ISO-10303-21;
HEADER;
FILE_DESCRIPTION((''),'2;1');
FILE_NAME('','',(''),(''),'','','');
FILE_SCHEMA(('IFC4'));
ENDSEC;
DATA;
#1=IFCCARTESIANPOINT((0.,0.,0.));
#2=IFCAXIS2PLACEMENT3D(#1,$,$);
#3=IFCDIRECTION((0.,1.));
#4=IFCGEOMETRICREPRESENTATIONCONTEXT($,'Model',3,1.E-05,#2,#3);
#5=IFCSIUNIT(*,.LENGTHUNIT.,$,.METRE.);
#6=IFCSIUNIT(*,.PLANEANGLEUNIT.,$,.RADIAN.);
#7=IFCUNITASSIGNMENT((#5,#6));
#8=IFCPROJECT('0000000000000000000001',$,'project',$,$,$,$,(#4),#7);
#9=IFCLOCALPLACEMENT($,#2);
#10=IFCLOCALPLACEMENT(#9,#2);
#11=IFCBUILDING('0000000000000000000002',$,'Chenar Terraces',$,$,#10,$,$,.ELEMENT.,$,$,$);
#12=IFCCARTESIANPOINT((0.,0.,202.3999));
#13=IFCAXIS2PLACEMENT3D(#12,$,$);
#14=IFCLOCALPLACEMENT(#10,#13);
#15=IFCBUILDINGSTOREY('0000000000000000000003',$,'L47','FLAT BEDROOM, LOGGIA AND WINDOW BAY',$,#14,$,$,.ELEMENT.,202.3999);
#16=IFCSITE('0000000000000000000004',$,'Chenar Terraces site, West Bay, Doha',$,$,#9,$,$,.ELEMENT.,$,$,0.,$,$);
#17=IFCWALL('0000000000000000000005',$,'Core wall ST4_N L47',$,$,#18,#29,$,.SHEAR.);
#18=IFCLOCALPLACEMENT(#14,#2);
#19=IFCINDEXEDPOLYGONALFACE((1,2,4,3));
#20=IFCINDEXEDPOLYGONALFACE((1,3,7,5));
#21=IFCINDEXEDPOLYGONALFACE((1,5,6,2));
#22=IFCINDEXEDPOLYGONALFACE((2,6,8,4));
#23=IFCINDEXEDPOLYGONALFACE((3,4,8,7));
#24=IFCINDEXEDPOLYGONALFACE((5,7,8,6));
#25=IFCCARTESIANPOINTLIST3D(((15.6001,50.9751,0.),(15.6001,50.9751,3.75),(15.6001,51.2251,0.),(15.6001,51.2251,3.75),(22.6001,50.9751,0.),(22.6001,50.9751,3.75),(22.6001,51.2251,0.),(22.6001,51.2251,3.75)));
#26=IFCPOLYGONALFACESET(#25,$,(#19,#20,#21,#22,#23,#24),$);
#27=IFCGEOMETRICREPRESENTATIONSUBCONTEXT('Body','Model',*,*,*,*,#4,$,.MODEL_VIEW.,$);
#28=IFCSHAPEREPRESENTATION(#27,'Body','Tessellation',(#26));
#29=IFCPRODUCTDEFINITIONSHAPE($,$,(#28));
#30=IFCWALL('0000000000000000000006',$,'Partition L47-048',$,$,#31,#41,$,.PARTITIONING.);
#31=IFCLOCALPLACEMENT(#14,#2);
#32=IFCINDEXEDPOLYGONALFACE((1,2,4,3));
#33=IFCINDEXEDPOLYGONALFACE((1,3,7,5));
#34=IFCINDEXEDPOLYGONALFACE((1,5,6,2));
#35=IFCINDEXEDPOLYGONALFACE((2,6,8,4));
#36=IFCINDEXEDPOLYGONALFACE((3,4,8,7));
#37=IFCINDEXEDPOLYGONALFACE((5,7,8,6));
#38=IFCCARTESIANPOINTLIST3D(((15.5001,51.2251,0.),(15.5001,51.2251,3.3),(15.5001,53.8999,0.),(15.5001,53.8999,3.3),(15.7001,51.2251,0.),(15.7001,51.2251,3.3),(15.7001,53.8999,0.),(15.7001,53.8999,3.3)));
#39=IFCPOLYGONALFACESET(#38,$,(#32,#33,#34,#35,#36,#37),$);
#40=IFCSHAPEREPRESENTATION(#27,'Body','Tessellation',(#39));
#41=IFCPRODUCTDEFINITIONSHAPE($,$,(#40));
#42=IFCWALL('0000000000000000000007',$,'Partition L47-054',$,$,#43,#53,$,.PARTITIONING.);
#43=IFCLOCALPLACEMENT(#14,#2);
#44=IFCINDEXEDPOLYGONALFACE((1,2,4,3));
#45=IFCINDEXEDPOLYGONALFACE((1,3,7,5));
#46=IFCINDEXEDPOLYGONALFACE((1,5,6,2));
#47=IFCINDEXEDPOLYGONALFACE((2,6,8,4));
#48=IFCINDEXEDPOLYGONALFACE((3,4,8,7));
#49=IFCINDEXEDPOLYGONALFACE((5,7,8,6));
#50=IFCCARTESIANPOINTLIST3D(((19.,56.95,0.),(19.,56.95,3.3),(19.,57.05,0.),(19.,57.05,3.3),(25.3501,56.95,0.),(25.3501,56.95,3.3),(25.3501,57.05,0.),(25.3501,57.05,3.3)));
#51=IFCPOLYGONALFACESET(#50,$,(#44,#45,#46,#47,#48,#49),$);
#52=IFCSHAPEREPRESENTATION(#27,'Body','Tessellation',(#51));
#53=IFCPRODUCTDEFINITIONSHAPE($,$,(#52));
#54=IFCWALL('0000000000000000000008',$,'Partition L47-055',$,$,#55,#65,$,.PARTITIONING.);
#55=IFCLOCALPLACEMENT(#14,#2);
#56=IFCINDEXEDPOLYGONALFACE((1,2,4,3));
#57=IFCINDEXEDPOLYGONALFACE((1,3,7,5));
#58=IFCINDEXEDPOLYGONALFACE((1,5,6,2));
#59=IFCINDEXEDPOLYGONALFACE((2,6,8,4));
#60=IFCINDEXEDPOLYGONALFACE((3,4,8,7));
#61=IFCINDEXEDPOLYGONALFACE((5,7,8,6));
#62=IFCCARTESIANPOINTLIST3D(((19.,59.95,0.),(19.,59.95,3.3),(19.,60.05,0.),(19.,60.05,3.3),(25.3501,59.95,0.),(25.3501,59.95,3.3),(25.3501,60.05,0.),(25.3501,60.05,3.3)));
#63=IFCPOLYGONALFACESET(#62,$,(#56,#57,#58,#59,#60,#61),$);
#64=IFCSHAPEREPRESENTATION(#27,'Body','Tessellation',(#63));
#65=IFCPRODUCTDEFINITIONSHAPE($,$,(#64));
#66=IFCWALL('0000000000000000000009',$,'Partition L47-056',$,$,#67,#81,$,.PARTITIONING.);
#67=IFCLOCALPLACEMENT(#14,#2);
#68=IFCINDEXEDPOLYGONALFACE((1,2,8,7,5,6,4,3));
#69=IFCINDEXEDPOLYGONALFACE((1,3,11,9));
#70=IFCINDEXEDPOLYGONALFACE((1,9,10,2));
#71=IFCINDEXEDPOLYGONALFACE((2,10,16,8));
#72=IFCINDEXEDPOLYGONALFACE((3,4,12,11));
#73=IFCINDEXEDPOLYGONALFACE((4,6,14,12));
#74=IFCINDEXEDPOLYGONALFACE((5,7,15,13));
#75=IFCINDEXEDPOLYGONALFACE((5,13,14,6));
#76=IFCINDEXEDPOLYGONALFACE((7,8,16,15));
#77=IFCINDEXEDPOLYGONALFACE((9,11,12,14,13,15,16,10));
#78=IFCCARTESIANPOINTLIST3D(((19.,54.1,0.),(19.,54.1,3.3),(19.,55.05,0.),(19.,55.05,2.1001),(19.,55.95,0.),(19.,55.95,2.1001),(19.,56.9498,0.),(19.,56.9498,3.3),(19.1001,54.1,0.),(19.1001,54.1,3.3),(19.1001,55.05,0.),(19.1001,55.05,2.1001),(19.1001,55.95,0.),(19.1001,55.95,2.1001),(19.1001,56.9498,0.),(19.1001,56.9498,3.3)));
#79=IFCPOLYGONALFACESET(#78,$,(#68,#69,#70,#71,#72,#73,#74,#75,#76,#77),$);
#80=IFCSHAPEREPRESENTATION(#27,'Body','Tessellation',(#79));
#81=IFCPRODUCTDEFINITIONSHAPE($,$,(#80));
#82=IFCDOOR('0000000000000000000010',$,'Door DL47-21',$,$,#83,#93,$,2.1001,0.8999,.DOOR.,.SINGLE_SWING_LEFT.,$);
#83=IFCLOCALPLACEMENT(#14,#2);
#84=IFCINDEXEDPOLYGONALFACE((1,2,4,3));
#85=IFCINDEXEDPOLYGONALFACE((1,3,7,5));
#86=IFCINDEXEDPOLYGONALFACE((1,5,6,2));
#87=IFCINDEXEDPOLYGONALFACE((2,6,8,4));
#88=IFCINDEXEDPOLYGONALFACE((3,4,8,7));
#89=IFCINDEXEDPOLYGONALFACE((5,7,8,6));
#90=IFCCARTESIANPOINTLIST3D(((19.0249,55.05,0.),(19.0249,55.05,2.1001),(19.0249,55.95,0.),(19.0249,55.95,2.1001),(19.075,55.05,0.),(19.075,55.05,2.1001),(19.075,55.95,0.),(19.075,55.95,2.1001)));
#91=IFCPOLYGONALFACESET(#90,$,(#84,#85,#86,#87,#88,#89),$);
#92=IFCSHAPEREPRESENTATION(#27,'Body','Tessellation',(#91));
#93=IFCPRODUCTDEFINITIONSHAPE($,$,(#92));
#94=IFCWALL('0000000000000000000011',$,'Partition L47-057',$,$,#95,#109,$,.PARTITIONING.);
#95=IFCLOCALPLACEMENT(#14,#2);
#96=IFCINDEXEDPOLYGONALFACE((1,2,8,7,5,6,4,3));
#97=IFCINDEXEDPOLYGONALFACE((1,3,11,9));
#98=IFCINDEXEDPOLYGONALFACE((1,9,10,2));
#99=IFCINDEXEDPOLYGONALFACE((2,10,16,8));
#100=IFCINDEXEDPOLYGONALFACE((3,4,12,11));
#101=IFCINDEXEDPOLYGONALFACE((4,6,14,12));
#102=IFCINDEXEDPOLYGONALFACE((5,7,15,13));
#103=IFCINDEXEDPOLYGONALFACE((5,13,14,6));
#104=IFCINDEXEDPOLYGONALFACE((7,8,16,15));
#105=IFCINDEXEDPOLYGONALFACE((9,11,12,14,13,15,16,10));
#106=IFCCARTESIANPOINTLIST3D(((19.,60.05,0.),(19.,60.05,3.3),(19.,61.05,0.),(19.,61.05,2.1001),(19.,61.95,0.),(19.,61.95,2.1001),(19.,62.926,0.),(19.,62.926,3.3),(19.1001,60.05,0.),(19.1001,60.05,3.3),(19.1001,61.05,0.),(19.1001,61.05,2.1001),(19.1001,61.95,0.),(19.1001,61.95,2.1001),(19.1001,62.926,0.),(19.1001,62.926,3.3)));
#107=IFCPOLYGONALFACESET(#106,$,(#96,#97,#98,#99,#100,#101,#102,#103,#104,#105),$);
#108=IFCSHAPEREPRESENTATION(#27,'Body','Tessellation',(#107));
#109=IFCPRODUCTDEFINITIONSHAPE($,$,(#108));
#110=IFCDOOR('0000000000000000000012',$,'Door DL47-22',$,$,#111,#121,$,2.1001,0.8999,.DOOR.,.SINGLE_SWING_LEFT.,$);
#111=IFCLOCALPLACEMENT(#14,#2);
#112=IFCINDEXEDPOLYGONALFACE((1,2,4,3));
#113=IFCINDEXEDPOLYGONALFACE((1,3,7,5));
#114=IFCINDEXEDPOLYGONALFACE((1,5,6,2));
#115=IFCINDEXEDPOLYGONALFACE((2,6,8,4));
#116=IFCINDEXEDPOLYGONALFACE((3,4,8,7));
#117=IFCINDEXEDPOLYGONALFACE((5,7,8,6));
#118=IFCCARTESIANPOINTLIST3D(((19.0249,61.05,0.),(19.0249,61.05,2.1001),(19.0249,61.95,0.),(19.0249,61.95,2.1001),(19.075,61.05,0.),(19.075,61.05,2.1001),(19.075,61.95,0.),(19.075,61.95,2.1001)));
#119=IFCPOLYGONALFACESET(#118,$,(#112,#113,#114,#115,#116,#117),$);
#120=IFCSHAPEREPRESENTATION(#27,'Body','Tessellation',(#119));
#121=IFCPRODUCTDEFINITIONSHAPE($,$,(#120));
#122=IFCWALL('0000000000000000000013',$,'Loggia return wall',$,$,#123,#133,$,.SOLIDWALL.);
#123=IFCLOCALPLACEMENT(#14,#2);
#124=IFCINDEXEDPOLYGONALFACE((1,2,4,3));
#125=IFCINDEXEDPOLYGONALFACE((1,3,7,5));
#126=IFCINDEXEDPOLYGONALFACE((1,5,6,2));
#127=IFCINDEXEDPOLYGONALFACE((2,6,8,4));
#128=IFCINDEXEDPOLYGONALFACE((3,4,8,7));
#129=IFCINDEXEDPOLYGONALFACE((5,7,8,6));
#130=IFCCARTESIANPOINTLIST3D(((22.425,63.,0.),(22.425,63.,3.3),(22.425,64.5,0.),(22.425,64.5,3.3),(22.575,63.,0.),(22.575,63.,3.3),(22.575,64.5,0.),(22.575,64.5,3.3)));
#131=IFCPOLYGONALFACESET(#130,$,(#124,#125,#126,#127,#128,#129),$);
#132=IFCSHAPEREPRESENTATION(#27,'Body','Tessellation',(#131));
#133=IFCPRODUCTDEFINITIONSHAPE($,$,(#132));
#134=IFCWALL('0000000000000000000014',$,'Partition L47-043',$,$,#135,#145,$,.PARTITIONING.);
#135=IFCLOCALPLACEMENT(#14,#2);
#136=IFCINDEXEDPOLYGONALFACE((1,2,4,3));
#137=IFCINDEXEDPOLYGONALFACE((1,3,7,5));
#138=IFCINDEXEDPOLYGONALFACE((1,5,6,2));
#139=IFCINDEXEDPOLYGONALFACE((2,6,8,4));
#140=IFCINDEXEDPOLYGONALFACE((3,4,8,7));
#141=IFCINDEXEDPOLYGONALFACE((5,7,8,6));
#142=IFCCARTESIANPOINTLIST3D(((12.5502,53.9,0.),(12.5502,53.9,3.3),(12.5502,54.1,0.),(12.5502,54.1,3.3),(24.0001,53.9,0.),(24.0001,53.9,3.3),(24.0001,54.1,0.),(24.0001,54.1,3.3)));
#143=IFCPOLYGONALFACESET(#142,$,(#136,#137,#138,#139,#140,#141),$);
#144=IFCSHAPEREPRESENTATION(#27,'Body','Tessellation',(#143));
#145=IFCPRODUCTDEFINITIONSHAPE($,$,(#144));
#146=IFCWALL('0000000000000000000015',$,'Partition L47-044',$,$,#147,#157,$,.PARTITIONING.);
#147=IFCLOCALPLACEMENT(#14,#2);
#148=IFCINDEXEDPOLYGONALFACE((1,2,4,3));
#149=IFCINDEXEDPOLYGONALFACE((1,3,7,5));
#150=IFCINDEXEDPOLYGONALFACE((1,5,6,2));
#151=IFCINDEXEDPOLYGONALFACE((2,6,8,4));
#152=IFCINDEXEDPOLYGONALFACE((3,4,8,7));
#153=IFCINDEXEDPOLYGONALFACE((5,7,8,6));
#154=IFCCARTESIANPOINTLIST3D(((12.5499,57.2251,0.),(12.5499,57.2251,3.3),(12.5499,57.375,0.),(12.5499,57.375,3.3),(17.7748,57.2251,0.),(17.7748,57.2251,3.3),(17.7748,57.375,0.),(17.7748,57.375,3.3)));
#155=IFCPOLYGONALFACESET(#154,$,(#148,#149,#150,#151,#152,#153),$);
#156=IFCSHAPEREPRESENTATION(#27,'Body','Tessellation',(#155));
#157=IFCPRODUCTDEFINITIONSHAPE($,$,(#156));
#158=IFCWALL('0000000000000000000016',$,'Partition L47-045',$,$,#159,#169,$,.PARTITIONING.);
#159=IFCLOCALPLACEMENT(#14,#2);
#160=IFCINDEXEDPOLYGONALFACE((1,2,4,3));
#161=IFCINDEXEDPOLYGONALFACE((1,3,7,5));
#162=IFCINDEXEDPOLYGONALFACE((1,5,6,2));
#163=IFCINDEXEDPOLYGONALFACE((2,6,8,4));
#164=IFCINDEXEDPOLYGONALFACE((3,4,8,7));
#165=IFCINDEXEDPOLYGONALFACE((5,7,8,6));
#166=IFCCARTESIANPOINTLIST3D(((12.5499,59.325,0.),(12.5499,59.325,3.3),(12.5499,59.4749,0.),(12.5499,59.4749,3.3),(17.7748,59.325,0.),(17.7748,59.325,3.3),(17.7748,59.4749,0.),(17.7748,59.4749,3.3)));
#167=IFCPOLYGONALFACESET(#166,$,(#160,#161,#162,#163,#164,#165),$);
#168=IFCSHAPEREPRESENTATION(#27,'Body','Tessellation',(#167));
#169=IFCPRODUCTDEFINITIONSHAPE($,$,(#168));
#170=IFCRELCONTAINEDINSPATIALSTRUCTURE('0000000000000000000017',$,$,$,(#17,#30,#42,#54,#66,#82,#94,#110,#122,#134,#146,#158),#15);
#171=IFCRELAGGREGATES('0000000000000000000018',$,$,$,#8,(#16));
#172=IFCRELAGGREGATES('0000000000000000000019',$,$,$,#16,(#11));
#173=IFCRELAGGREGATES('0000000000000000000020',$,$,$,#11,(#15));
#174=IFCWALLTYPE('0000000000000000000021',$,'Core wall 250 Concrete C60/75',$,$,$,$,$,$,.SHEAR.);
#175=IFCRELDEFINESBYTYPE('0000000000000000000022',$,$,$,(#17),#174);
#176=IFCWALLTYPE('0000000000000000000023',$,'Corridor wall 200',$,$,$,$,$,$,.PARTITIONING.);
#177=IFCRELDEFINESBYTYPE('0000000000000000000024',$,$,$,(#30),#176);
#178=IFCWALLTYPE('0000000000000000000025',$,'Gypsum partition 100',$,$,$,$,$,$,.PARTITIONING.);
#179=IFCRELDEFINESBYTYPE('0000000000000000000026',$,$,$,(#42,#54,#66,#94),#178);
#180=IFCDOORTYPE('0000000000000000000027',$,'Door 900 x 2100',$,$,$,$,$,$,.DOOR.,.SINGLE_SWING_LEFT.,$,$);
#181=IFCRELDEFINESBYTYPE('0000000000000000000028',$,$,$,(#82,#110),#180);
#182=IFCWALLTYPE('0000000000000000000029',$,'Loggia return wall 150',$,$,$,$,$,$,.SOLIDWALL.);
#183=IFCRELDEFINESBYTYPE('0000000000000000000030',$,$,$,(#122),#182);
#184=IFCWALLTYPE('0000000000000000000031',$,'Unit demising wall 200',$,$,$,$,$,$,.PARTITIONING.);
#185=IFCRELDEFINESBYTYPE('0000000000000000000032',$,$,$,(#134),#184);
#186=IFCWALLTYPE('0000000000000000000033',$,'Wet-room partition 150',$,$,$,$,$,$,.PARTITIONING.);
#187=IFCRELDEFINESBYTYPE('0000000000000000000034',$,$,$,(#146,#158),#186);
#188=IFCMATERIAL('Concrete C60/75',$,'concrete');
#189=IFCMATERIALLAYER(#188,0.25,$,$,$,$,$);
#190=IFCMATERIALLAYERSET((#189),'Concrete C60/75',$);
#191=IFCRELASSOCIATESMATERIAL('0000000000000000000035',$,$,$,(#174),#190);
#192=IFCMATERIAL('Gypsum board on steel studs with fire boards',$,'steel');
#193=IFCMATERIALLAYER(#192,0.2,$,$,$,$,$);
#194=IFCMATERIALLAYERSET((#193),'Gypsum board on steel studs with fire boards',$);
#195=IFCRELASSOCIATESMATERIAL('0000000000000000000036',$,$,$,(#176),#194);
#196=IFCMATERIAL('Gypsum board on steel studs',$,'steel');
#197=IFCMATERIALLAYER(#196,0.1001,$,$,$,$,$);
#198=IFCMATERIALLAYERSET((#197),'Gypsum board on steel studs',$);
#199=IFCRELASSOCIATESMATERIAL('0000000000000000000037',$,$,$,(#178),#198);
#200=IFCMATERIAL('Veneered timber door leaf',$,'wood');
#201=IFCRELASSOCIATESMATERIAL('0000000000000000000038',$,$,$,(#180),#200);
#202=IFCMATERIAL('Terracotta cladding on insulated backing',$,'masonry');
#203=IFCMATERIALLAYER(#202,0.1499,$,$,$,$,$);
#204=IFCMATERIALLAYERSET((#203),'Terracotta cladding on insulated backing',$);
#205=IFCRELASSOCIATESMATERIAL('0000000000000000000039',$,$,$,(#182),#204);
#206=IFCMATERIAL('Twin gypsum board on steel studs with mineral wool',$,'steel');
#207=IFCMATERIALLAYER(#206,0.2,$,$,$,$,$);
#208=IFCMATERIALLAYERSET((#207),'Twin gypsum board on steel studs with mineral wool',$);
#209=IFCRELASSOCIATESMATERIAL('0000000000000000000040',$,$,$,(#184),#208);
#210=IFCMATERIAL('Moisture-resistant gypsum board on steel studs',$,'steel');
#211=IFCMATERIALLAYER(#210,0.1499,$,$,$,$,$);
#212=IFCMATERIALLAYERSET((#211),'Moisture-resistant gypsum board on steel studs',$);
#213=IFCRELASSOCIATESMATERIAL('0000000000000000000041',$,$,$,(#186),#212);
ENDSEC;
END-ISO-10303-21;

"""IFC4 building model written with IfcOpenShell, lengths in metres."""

from ifc_helpers import new_model, si_unit, direction, frame, frame_2d, origin, place, context, subcontext, project, spatial, rectangle, extrude, material, layer, layer_set, type_object, element, fill, save


model = new_model("IFC4")

# Units and contexts
model_context = context("Model", 3, precision=1e-05, world=origin(), true_north=direction((0.0, 1.0)))
body_context = subcontext(model_context, "Body", "Model", "MODEL_VIEW")
ifc_project = project(units=[si_unit("LENGTHUNIT", "METRE"), si_unit("PLANEANGLEUNIT", "RADIAN")], contexts=[model_context])

# Site, building, storey
site_placement = place(None, origin())
site = spatial("IfcSite", under=ifc_project, at=site_placement, Name="Chenar Terraces site, West Bay, Doha", CompositionType="ELEMENT", RefElevation=0.0)
building_placement = place(site_placement, origin())
building = spatial("IfcBuilding", under=site, at=building_placement, Name="Chenar Terraces", CompositionType="ELEMENT")
storey_placement = place(building_placement, frame((0.0, 0.0, 202.3999)))
storey = spatial("IfcBuildingStorey", under=building, at=storey_placement, Name="L47", Description="FLAT BEDROOM, LOGGIA AND WINDOW BAY", CompositionType="ELEMENT", Elevation=202.3999)

# Walls
ifc_material_1 = material(Name="Concrete C60/75", Category="concrete")
ifc_layer_1 = layer(ifc_material_1, 0.25)
ifc_layer_set_1 = layer_set([ifc_layer_1], Name="Concrete C60/75")
wall_type_1 = type_object("IfcWallType", Name="Core wall 250 Concrete C60/75", PredefinedType="SHEAR", material=ifc_layer_set_1)
wall_1_placement = place(storey_placement, frame((15.6001, 51.1001, 0.0), z_axis=(0.0, 0.0, 1.0), x_axis=(1.0, 0.0, 0.0)))
element("IfcWall", 1, at=wall_1_placement, inside=storey, type_object=wall_type_1, Name="Core wall ST4_N L47", PredefinedType="SHEAR", context=body_context, shape_type="SweptSolid", body=[
    extrude(rectangle(XDim=7.0, YDim=0.25, at=frame_2d((3.5, 0.0))), origin(), (0.0, 0.0, 1.0), 3.75),
])
ifc_material_2 = material(Name="Gypsum board on steel studs with fire boards", Category="steel")
ifc_layer_2 = layer(ifc_material_2, 0.2)
ifc_layer_set_2 = layer_set([ifc_layer_2], Name="Gypsum board on steel studs with fire boards")
wall_type_2 = type_object("IfcWallType", Name="Corridor wall 200", PredefinedType="PARTITIONING", material=ifc_layer_set_2)
wall_2_placement = place(storey_placement, frame((15.6001, 51.2251, 0.0), z_axis=(0.0, 0.0, 1.0), x_axis=(0.0, 1.0, 0.0)))
element("IfcWall", 2, at=wall_2_placement, inside=storey, type_object=wall_type_2, Name="Partition L47-048", PredefinedType="PARTITIONING", context=body_context, shape_type="SweptSolid", body=[
    extrude(rectangle(XDim=2.6748, YDim=0.2, at=frame_2d((1.3374, 0.0))), origin(), (0.0, 0.0, 1.0), 3.3),
])

# Walls
ifc_material_3 = material(Name="Gypsum board on steel studs", Category="steel")
ifc_layer_3 = layer(ifc_material_3, 0.1001)
ifc_layer_set_3 = layer_set([ifc_layer_3], Name="Gypsum board on steel studs")
wall_type_3 = type_object("IfcWallType", Name="Gypsum partition 100", PredefinedType="PARTITIONING", material=ifc_layer_set_3)
for number, where, z_axis, x_axis, name in (
    (3, (19.0, 57.0, 0.0), (0.0, 0.0, 1.0), (1.0, 0.0, 0.0), "Partition L47-054"),
    (4, (19.0, 60.0, 0.0), (0.0, 0.0, 1.0), (1.0, 0.0, 0.0), "Partition L47-055"),
):
    element("IfcWall", number, at=place(storey_placement, frame(where, z_axis=z_axis, x_axis=x_axis)), inside=storey, type_object=wall_type_3, Name=name, PredefinedType="PARTITIONING", context=body_context, shape_type="SweptSolid", body=[
        extrude(rectangle(XDim=6.3501, YDim=0.1001, at=frame_2d((3.175, 0.0))), origin(), (0.0, 0.0, 1.0), 3.3),
    ])

# Walls, openings, doors
wall_3_placement = place(storey_placement, frame((19.05, 54.1001, 0.0), z_axis=(0.0, 0.0, 1.0), x_axis=(0.0, 1.0, 0.0)))
wall_3 = element("IfcWall", 5, at=wall_3_placement, inside=storey, type_object=wall_type_3, Name="Partition L47-056", PredefinedType="PARTITIONING", context=body_context, shape_type="SweptSolid", body=[
    extrude(rectangle(XDim=2.8499, YDim=0.1001, at=frame_2d((1.4248, 0.0))), origin(), (0.0, 0.0, 1.0), 3.3),
])
opening_1_placement = place(wall_3_placement, frame((0.95, 0.0, 0.0)))
opening_1 = element("IfcOpeningElement", 6, at=opening_1_placement, cuts=wall_3, PredefinedType="OPENING", context=body_context, shape_type="SweptSolid", body=[
    extrude(rectangle(XDim=0.8999, YDim=2.1001, at=frame_2d((0.45, 1.05))), frame((0.0, 0.0601, 0.0), z_axis=(0.0, -1.0, 0.0), x_axis=(1.0, 0.0, 0.0)), (0.0, 0.0, 1.0), 0.1201),
])
ifc_material_4 = material(Name="Veneered timber door leaf", Category="wood")
door_type_1 = type_object("IfcDoorType", Name="Door 900 x 2100", OperationType="SINGLE_SWING_LEFT", PredefinedType="DOOR", material=ifc_material_4)
door_1_placement = place(opening_1_placement, frame((0.8999, 0.0, 0.0), z_axis=(0.0, 0.0, 1.0), x_axis=(-1.0, 0.0, 0.0)))
door_1 = element("IfcDoor", 7, at=door_1_placement, inside=storey, type_object=door_type_1, Name="Door DL47-21", OperationType="SINGLE_SWING_LEFT", OverallHeight=2.1001, OverallWidth=0.8999, PredefinedType="DOOR", context=body_context, shape_type="SweptSolid", body=[
    extrude(rectangle(XDim=0.8999, YDim=2.1001, at=frame_2d((0.45, 1.05))), frame((0.0, 0.0249, 0.0), z_axis=(0.0, -1.0, 0.0), x_axis=(1.0, 0.0, 0.0)), (0.0, 0.0, 1.0), 0.05),
])
fill(opening_1, door_1)
wall_4_placement = place(storey_placement, frame((19.05, 60.05, 0.0), z_axis=(0.0, 0.0, 1.0), x_axis=(0.0, 1.0, 0.0)))
wall_4 = element("IfcWall", 8, at=wall_4_placement, inside=storey, type_object=wall_type_3, Name="Partition L47-057", PredefinedType="PARTITIONING", context=body_context, shape_type="SweptSolid", body=[
    extrude(rectangle(XDim=2.876, YDim=0.1001, at=frame_2d((1.438, 0.0))), origin(), (0.0, 0.0, 1.0), 3.3),
])
opening_2_placement = place(wall_4_placement, frame((1.0, 0.0, 0.0)))
opening_2 = element("IfcOpeningElement", 9, at=opening_2_placement, cuts=wall_4, PredefinedType="OPENING", context=body_context, shape_type="SweptSolid", body=[
    extrude(rectangle(XDim=0.8999, YDim=2.1001, at=frame_2d((0.45, 1.05))), frame((0.0, 0.0601, 0.0), z_axis=(0.0, -1.0, 0.0), x_axis=(1.0, 0.0, 0.0)), (0.0, 0.0, 1.0), 0.1201),
])
door_2_placement = place(opening_2_placement, frame((0.8999, 0.0, 0.0), z_axis=(0.0, 0.0, 1.0), x_axis=(-1.0, 0.0, 0.0)))
door_2 = element("IfcDoor", 10, at=door_2_placement, inside=storey, type_object=door_type_1, Name="Door DL47-22", OperationType="SINGLE_SWING_LEFT", OverallHeight=2.1001, OverallWidth=0.8999, PredefinedType="DOOR", context=body_context, shape_type="SweptSolid", body=[
    extrude(rectangle(XDim=0.8999, YDim=2.1001, at=frame_2d((0.45, 1.05))), frame((0.0, 0.0249, 0.0), z_axis=(0.0, -1.0, 0.0), x_axis=(1.0, 0.0, 0.0)), (0.0, 0.0, 1.0), 0.05),
])
fill(opening_2, door_2)

# Walls
ifc_material_5 = material(Name="Terracotta cladding on insulated backing", Category="masonry")
ifc_layer_4 = layer(ifc_material_5, 0.1499)
ifc_layer_set_4 = layer_set([ifc_layer_4], Name="Terracotta cladding on insulated backing")
wall_type_4 = type_object("IfcWallType", Name="Loggia return wall 150", PredefinedType="SOLIDWALL", material=ifc_layer_set_4)
wall_5_placement = place(storey_placement, frame((22.5, 64.5, 0.0), z_axis=(0.0, 0.0, 1.0), x_axis=(0.0, -1.0, 0.0)))
element("IfcWall", 11, at=wall_5_placement, inside=storey, type_object=wall_type_4, Name="Loggia return wall", PredefinedType="SOLIDWALL", context=body_context, shape_type="SweptSolid", body=[
    extrude(rectangle(XDim=1.5, YDim=0.1499, at=frame_2d((0.75, 0.0))), origin(), (0.0, 0.0, 1.0), 3.3),
])
ifc_material_6 = material(Name="Twin gypsum board on steel studs with mineral wool", Category="steel")
ifc_layer_5 = layer(ifc_material_6, 0.2)
ifc_layer_set_5 = layer_set([ifc_layer_5], Name="Twin gypsum board on steel studs with mineral wool")
wall_type_5 = type_object("IfcWallType", Name="Unit demising wall 200", PredefinedType="PARTITIONING", material=ifc_layer_set_5)
wall_6_placement = place(storey_placement, frame((12.55, 54.0, 0.0), z_axis=(0.0, 0.0, 1.0), x_axis=(1.0, 0.0, 0.0)))
element("IfcWall", 12, at=wall_6_placement, inside=storey, type_object=wall_type_5, Name="Partition L47-043", PredefinedType="PARTITIONING", context=body_context, shape_type="SweptSolid", body=[
    extrude(rectangle(XDim=11.45, YDim=0.2, at=frame_2d((5.7251, 0.0))), origin(), (0.0, 0.0, 1.0), 3.3),
])
ifc_material_7 = material(Name="Moisture-resistant gypsum board on steel studs", Category="steel")
ifc_layer_6 = layer(ifc_material_7, 0.1499)
ifc_layer_set_6 = layer_set([ifc_layer_6], Name="Moisture-resistant gypsum board on steel studs")
wall_type_6 = type_object("IfcWallType", Name="Wet-room partition 150", PredefinedType="PARTITIONING", material=ifc_layer_set_6)
for number, where, z_axis, x_axis, name in (
    (13, (12.55, 57.3, 0.0), (0.0, 0.0, 1.0), (1.0, 0.0, 0.0), "Partition L47-044"),
    (14, (12.55, 59.3999, 0.0), (0.0, 0.0, 1.0), (1.0, 0.0, 0.0), "Partition L47-045"),
):
    element("IfcWall", number, at=place(storey_placement, frame(where, z_axis=z_axis, x_axis=x_axis)), inside=storey, type_object=wall_type_6, Name=name, PredefinedType="PARTITIONING", context=body_context, shape_type="SweptSolid", body=[
        extrude(rectangle(XDim=5.2249, YDim=0.1499, at=frame_2d((2.6123, 0.0))), origin(), (0.0, 0.0, 1.0), 3.3),
    ])

save(model, "model.ifc")
